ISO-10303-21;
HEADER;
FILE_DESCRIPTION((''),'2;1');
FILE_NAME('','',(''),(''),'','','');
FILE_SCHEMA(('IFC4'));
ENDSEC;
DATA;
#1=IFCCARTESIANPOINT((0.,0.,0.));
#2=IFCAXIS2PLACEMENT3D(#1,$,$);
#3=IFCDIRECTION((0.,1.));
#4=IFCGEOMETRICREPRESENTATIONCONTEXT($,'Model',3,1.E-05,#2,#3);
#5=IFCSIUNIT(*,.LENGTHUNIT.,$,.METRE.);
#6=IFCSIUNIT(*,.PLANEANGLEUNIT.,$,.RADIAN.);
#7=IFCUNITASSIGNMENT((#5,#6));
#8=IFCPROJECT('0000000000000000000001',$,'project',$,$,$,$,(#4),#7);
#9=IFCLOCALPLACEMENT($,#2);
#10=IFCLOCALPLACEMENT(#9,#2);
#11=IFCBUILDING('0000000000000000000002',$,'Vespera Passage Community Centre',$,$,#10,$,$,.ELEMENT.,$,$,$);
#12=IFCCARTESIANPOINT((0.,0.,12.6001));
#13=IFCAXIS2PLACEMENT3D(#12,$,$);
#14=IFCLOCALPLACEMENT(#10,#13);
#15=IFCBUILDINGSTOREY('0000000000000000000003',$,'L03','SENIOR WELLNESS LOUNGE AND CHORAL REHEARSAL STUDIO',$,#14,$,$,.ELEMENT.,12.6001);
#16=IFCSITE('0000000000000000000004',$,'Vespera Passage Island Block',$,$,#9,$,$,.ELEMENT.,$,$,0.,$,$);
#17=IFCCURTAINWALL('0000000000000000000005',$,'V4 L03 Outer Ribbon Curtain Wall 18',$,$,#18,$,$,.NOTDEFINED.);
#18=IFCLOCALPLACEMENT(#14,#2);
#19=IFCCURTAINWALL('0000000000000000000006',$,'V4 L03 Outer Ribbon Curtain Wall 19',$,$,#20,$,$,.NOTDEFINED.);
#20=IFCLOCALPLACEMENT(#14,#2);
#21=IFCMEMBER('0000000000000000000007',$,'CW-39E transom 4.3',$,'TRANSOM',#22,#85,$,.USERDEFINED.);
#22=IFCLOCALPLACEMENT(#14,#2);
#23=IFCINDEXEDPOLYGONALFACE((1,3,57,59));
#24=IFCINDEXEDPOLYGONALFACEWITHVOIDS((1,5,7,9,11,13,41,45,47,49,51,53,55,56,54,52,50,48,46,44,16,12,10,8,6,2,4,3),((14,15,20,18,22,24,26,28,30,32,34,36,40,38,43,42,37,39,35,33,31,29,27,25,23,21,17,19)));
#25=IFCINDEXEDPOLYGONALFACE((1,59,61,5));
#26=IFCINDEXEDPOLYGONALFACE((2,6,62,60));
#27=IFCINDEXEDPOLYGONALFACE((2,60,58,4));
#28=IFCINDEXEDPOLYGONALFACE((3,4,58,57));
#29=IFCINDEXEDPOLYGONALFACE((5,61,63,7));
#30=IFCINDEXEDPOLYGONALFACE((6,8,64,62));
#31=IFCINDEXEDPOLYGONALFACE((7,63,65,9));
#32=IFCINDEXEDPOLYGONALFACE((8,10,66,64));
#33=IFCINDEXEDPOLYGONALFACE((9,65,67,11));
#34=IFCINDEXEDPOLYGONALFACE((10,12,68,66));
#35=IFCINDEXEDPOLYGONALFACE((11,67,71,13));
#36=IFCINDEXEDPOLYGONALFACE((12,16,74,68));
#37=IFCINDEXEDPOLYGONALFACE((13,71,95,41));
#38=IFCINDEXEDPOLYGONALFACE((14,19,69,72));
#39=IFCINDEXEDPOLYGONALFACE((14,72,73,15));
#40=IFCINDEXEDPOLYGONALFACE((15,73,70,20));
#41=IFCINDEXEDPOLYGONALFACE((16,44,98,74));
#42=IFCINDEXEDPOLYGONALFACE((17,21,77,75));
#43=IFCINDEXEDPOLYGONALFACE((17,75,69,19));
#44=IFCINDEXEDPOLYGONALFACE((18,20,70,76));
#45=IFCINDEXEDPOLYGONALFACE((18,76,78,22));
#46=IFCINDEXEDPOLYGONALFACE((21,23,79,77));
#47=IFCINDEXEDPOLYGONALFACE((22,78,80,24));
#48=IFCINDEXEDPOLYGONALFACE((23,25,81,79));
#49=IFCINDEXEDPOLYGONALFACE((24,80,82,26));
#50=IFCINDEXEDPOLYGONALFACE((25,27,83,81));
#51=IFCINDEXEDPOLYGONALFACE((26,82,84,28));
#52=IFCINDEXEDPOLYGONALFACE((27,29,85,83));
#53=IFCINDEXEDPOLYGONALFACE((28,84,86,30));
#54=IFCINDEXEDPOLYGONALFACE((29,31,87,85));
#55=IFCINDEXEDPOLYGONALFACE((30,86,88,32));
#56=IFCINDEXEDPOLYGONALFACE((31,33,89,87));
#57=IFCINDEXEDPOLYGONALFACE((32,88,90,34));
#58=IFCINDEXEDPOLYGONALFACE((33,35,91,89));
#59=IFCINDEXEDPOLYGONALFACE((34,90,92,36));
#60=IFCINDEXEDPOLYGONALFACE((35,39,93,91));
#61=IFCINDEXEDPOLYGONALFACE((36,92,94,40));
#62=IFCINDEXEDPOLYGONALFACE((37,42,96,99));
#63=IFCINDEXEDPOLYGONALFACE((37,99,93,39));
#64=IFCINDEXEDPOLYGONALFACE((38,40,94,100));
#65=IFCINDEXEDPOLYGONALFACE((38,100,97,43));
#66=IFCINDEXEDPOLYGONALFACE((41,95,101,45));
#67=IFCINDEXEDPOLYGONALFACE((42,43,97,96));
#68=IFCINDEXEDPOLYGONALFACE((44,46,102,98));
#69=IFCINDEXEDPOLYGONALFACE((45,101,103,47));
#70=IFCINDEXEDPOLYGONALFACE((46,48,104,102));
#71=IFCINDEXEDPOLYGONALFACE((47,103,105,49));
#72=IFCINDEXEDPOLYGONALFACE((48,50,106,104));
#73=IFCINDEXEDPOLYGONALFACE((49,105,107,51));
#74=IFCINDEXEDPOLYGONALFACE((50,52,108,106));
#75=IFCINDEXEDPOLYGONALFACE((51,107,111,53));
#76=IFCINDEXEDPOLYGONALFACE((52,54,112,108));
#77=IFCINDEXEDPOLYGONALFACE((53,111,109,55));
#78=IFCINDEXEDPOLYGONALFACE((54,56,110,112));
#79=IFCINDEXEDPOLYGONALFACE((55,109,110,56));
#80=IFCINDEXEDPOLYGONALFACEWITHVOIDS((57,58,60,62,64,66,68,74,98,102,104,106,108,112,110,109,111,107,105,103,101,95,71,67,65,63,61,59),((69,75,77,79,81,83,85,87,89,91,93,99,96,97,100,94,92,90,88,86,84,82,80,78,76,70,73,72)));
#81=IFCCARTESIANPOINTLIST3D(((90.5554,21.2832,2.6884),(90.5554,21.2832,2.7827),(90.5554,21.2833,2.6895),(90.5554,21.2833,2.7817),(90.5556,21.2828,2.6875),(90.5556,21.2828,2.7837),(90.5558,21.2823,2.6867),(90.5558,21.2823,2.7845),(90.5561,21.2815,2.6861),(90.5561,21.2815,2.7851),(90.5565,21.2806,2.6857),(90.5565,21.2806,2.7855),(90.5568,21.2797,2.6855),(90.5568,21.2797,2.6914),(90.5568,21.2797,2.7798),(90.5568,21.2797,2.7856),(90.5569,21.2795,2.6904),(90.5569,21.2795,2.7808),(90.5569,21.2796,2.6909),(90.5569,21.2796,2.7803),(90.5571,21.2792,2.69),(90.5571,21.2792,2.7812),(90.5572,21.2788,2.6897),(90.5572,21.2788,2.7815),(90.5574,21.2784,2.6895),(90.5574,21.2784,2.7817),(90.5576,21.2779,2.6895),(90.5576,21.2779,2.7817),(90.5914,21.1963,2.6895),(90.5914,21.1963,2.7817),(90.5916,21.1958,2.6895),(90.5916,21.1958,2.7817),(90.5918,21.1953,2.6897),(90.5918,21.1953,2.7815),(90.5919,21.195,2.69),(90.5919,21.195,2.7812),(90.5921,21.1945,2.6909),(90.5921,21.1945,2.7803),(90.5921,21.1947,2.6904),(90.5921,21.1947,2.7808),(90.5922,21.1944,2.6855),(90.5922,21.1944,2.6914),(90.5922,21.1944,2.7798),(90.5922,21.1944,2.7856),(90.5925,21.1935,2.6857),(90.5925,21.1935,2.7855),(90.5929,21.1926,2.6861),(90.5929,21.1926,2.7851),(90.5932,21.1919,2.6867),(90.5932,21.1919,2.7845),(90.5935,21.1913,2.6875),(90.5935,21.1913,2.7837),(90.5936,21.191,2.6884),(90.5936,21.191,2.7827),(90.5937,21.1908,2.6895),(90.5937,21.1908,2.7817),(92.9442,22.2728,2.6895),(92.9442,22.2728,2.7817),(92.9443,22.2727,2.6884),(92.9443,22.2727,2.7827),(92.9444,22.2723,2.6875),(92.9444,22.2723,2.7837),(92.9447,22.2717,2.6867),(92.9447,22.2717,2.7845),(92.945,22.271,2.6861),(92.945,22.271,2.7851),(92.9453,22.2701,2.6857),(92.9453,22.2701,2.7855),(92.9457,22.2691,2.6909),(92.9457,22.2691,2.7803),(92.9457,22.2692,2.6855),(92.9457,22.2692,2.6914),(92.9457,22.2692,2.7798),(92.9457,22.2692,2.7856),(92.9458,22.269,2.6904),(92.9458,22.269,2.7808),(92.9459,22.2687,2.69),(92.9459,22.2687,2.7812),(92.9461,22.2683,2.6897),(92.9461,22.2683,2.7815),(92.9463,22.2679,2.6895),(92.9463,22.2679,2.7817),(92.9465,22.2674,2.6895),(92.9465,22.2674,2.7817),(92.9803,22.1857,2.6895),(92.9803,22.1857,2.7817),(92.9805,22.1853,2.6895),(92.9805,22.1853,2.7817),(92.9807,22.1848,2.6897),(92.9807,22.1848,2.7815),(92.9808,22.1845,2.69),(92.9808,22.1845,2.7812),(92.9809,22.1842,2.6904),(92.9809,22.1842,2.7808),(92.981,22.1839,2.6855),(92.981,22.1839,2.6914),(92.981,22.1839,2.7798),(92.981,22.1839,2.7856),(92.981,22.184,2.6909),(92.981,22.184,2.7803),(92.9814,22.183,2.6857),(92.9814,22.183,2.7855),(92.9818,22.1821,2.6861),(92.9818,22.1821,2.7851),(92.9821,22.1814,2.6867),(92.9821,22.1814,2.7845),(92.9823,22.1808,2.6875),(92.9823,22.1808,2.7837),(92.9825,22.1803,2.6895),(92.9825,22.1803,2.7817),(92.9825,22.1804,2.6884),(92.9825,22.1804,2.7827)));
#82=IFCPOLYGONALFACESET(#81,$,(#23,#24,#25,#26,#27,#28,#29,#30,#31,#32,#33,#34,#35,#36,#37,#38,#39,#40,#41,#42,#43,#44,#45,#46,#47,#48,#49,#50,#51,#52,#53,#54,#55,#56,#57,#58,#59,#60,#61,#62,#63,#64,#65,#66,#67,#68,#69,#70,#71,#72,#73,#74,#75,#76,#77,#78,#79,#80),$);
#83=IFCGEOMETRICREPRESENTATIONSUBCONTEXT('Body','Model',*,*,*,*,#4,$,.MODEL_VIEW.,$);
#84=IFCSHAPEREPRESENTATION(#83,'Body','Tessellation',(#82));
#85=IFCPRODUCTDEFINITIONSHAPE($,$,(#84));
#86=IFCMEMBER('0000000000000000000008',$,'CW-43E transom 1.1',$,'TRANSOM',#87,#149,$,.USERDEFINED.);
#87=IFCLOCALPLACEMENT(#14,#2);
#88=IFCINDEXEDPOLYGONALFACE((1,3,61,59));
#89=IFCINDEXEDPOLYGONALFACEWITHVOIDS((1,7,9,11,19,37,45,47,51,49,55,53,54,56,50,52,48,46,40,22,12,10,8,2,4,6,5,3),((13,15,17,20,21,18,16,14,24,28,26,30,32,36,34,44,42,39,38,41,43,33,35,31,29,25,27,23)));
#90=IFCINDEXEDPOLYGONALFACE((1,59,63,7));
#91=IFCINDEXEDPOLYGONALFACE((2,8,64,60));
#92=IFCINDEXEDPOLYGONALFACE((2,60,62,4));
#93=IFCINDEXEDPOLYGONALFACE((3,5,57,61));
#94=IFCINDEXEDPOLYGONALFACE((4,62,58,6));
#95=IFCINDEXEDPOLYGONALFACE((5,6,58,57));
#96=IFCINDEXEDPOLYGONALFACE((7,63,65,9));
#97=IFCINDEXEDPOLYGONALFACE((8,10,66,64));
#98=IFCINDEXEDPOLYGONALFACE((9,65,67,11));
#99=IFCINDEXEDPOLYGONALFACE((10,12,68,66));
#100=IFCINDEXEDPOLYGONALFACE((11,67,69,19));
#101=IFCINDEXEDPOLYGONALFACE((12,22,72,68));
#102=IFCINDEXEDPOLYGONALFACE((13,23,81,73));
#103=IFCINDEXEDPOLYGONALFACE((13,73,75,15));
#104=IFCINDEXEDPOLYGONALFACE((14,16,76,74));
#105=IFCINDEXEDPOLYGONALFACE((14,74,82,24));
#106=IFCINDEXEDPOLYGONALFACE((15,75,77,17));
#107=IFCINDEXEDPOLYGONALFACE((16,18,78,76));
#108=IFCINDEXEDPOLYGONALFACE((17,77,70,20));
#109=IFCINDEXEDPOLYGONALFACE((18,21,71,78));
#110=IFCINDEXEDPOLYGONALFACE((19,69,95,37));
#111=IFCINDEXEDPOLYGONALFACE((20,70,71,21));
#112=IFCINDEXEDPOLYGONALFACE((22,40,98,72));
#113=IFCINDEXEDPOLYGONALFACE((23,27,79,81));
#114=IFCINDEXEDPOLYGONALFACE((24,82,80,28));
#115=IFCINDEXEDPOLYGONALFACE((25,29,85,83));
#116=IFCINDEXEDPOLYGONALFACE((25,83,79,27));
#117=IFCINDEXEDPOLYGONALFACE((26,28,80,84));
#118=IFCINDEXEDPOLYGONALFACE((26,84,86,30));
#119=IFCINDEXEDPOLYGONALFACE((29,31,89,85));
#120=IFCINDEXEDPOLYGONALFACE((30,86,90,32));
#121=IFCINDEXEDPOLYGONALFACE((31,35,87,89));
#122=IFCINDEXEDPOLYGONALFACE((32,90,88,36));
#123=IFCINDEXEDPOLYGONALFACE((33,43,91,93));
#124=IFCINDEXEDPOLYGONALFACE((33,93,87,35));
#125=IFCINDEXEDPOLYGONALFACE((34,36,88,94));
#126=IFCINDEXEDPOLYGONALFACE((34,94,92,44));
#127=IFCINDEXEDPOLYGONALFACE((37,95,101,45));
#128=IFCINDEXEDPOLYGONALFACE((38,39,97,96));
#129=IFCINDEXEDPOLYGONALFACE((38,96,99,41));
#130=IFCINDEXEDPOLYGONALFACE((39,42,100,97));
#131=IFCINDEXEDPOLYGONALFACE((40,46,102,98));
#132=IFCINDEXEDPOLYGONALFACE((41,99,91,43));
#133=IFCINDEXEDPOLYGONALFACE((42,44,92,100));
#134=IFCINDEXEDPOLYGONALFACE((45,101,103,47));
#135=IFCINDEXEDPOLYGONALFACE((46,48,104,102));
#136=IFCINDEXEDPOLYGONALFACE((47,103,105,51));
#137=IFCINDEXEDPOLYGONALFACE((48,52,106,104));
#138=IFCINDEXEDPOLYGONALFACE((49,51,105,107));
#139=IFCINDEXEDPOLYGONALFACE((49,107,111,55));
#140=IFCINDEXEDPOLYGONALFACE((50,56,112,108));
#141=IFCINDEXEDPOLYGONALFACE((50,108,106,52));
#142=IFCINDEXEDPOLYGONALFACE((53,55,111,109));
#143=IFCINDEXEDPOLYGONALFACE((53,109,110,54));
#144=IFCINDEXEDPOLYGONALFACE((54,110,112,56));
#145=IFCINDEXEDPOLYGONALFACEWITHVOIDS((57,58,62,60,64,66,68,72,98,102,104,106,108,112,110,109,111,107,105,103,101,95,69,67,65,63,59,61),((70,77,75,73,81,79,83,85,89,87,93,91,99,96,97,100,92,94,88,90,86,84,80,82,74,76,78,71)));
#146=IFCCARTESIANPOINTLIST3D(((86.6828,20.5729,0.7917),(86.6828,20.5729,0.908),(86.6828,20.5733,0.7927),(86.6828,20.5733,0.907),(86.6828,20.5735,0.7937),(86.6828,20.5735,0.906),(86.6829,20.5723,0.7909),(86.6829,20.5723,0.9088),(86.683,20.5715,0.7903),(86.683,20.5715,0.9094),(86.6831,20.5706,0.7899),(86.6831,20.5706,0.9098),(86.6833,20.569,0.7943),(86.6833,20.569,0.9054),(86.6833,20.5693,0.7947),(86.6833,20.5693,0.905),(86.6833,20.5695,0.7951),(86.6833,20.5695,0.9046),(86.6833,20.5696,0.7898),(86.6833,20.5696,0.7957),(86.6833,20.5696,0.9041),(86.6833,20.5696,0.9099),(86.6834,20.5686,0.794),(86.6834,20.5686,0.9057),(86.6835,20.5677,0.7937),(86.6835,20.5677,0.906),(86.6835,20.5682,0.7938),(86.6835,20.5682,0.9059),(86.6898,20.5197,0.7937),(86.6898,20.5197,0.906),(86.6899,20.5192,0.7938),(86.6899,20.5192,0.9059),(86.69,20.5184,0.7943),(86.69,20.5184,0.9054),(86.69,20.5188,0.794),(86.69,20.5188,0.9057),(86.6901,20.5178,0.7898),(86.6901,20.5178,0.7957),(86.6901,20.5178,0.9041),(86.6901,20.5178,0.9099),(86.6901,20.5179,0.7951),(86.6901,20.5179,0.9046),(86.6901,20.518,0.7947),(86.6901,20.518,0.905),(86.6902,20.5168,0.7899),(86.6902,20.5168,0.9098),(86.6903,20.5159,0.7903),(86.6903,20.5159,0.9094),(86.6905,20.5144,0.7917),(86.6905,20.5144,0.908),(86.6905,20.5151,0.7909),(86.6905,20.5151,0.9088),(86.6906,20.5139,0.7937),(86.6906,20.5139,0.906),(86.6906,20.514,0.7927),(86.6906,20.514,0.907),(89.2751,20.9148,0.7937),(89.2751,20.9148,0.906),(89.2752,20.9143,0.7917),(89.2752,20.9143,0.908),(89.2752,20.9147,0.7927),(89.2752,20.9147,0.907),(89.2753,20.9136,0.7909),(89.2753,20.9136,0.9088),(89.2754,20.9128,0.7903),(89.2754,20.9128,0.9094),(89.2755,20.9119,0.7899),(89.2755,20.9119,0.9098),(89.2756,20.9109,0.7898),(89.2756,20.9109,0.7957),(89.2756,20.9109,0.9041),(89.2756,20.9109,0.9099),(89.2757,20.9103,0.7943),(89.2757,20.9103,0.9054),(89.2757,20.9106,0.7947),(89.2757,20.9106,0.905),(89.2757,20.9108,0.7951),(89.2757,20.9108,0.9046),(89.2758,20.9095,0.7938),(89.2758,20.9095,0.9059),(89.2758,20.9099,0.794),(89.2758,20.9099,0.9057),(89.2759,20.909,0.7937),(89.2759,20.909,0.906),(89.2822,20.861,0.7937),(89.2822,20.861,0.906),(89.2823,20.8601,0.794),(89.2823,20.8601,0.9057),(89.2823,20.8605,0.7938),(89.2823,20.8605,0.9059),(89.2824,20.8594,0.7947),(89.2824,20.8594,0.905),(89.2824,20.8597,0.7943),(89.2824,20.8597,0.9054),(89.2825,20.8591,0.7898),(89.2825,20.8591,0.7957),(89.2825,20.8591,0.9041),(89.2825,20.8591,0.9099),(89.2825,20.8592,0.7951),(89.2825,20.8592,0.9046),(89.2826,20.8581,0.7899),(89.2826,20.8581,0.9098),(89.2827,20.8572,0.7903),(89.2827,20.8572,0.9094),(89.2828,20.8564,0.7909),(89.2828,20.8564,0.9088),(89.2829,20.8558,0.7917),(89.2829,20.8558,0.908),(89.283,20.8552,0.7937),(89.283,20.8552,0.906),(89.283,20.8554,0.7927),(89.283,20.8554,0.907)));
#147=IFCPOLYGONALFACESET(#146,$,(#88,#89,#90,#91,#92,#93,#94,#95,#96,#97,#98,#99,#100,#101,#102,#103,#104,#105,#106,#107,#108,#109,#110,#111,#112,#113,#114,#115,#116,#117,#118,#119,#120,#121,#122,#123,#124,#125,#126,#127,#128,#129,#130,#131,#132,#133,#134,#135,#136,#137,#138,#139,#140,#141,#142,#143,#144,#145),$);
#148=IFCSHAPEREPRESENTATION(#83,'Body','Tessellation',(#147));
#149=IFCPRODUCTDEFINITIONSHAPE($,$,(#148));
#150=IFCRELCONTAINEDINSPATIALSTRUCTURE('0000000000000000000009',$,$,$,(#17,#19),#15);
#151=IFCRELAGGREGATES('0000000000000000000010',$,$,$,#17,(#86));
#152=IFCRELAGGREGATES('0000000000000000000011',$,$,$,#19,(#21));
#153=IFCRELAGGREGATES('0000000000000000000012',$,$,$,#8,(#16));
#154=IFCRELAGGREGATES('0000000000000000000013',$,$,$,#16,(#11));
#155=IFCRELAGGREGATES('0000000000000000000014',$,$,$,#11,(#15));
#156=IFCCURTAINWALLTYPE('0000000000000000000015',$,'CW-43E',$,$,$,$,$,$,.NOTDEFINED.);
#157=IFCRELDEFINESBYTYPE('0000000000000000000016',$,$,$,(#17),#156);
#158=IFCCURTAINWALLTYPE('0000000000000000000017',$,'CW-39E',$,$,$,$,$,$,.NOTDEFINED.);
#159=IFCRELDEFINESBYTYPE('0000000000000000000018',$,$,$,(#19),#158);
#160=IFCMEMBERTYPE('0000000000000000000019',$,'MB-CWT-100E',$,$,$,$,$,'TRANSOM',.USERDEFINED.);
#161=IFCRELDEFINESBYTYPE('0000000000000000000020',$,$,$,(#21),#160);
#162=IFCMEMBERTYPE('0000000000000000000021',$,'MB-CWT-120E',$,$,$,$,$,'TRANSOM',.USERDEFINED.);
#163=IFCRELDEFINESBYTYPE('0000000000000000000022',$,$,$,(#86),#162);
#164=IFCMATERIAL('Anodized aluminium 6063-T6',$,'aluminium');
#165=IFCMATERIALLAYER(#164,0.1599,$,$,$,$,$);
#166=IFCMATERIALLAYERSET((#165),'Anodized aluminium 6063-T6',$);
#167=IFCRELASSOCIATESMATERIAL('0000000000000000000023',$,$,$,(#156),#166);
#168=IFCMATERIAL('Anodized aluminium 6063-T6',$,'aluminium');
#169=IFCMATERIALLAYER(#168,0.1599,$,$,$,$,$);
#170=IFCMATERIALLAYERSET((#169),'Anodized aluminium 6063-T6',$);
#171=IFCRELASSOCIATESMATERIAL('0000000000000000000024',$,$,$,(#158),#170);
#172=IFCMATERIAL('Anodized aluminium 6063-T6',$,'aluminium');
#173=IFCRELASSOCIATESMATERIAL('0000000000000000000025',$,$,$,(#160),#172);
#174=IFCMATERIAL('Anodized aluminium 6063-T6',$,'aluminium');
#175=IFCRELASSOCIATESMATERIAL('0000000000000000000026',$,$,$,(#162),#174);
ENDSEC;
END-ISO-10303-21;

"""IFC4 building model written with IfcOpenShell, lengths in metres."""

from ifc_helpers import new_model, si_unit, direction, frame, origin, origin_2d, place, context, subcontext, project, spatial, hollow_rectangle, extrude, material, layer, layer_set, material_profile, profile_set, type_object, element, aggregate, save


model = new_model("IFC4")

# Units and contexts
model_context = context("Model", 3, precision=1e-05, world=origin(), true_north=direction((0.0, 1.0)))
body_context = subcontext(model_context, "Body", "Model", "MODEL_VIEW")
ifc_project = project(units=[si_unit("LENGTHUNIT", "METRE"), si_unit("PLANEANGLEUNIT", "RADIAN")], contexts=[model_context])

# Site, building, storey
site_placement = place(None, origin())
site = spatial("IfcSite", under=ifc_project, at=site_placement, Name="Vespera Passage Island Block", CompositionType="ELEMENT", RefElevation=0.0)
building_placement = place(site_placement, origin())
building = spatial("IfcBuilding", under=site, at=building_placement, Name="Vespera Passage Community Centre", CompositionType="ELEMENT")
storey_placement = place(building_placement, frame((0.0, 0.0, 12.6001)))
storey = spatial("IfcBuildingStorey", under=building, at=storey_placement, Name="L03", Description="SENIOR WELLNESS LOUNGE AND CHORAL REHEARSAL STUDIO", CompositionType="ELEMENT", Elevation=12.6001)

# Curtain wall
ifc_material_1 = material(Name="Anodized aluminium 6063-T6", Category="aluminium")
ifc_layer_1 = layer(ifc_material_1, 0.1599)
ifc_layer_set_1 = layer_set([ifc_layer_1], Name="Anodized aluminium 6063-T6")
curtain_wall_type_1 = type_object("IfcCurtainWallType", Name="CW-43E", PredefinedType="NOTDEFINED", material=ifc_layer_set_1)
curtain_wall_1_placement = place(storey_placement, origin())
curtain_wall_1 = element("IfcCurtainWall", 1, at=curtain_wall_1_placement, inside=storey, type_object=curtain_wall_type_1, Name="V4 L03 Outer Ribbon Curtain Wall 18", PredefinedType="NOTDEFINED")

# Curtain wall, member
ifc_material_2 = material(Name="Anodized aluminium 6063-T6", Category="aluminium")
ifc_layer_2 = layer(ifc_material_2, 0.1599)
ifc_layer_set_2 = layer_set([ifc_layer_2], Name="Anodized aluminium 6063-T6")
curtain_wall_type_2 = type_object("IfcCurtainWallType", Name="CW-39E", PredefinedType="NOTDEFINED", material=ifc_layer_set_2)
curtain_wall_2_placement = place(storey_placement, origin())
curtain_wall_2 = element("IfcCurtainWall", 2, at=curtain_wall_2_placement, inside=storey, type_object=curtain_wall_type_2, Name="V4 L03 Outer Ribbon Curtain Wall 19", PredefinedType="NOTDEFINED")
ifc_material_3 = material(Name="Anodized aluminium 6063-T6", Category="aluminium")
ifc_material_profile_1 = material_profile(ifc_material_3, hollow_rectangle(XDim=0.1001, YDim=0.1001, WallThickness=0.0039, InnerFilletRadius=0.002, OuterFilletRadius=0.0039, at=origin_2d()), Name="ALU100X100X4")
ifc_profile_set_1 = profile_set([ifc_material_profile_1], Name="Anodized aluminium 6063-T6")
member_type_1 = type_object("IfcMemberType", Name="MB-CWT-100E", ElementType="TRANSOM", PredefinedType="USERDEFINED", material=ifc_profile_set_1)
member_1_placement = place(storey_placement, frame((92.9634, 22.2266, 2.7356), z_axis=(-0.923882, -0.382677, 0.0), x_axis=(0.382677, -0.923882, 0.0)))
member_1 = element("IfcMember", 3, at=member_1_placement, type_object=member_type_1, Name="CW-39E transom 4.3", ObjectType="TRANSOM", PredefinedType="USERDEFINED", context=body_context, shape_type="SweptSolid", body=[
    extrude(hollow_rectangle(XDim=0.1001, YDim=0.1001, WallThickness=0.0039, InnerFilletRadius=0.002, OuterFilletRadius=0.0039, at=origin_2d()), origin(), (0.0, 0.0, 1.0), 2.5857),
])

# Member
ifc_material_4 = material(Name="Anodized aluminium 6063-T6", Category="aluminium")
ifc_material_profile_2 = material_profile(ifc_material_4, hollow_rectangle(XDim=0.0601, YDim=0.1201, WallThickness=0.0039, InnerFilletRadius=0.002, OuterFilletRadius=0.0039, at=origin_2d()), Name="ALU120X60X4")
ifc_profile_set_2 = profile_set([ifc_material_profile_2], Name="Anodized aluminium 6063-T6")
member_type_2 = type_object("IfcMemberType", Name="MB-CWT-120E", ElementType="TRANSOM", PredefinedType="USERDEFINED", material=ifc_profile_set_2)
member_2_placement = place(storey_placement, frame((89.2791, 20.885, 0.8499), z_axis=(-0.991443, -0.130537, 0.0), x_axis=(0.130537, -0.991443, 0.0)))
member_2 = element("IfcMember", 4, at=member_2_placement, type_object=member_type_2, Name="CW-43E transom 1.1", ObjectType="TRANSOM", PredefinedType="USERDEFINED", context=body_context, shape_type="SweptSolid", body=[
    extrude(hollow_rectangle(XDim=0.0601, YDim=0.1201, WallThickness=0.0039, InnerFilletRadius=0.002, OuterFilletRadius=0.0039, at=origin_2d()), origin(), (0.0, 0.0, 1.0), 2.6147),
])
aggregate(curtain_wall_1, [member_2])

aggregate(curtain_wall_2, [member_1])

save(model, "model.ifc")
